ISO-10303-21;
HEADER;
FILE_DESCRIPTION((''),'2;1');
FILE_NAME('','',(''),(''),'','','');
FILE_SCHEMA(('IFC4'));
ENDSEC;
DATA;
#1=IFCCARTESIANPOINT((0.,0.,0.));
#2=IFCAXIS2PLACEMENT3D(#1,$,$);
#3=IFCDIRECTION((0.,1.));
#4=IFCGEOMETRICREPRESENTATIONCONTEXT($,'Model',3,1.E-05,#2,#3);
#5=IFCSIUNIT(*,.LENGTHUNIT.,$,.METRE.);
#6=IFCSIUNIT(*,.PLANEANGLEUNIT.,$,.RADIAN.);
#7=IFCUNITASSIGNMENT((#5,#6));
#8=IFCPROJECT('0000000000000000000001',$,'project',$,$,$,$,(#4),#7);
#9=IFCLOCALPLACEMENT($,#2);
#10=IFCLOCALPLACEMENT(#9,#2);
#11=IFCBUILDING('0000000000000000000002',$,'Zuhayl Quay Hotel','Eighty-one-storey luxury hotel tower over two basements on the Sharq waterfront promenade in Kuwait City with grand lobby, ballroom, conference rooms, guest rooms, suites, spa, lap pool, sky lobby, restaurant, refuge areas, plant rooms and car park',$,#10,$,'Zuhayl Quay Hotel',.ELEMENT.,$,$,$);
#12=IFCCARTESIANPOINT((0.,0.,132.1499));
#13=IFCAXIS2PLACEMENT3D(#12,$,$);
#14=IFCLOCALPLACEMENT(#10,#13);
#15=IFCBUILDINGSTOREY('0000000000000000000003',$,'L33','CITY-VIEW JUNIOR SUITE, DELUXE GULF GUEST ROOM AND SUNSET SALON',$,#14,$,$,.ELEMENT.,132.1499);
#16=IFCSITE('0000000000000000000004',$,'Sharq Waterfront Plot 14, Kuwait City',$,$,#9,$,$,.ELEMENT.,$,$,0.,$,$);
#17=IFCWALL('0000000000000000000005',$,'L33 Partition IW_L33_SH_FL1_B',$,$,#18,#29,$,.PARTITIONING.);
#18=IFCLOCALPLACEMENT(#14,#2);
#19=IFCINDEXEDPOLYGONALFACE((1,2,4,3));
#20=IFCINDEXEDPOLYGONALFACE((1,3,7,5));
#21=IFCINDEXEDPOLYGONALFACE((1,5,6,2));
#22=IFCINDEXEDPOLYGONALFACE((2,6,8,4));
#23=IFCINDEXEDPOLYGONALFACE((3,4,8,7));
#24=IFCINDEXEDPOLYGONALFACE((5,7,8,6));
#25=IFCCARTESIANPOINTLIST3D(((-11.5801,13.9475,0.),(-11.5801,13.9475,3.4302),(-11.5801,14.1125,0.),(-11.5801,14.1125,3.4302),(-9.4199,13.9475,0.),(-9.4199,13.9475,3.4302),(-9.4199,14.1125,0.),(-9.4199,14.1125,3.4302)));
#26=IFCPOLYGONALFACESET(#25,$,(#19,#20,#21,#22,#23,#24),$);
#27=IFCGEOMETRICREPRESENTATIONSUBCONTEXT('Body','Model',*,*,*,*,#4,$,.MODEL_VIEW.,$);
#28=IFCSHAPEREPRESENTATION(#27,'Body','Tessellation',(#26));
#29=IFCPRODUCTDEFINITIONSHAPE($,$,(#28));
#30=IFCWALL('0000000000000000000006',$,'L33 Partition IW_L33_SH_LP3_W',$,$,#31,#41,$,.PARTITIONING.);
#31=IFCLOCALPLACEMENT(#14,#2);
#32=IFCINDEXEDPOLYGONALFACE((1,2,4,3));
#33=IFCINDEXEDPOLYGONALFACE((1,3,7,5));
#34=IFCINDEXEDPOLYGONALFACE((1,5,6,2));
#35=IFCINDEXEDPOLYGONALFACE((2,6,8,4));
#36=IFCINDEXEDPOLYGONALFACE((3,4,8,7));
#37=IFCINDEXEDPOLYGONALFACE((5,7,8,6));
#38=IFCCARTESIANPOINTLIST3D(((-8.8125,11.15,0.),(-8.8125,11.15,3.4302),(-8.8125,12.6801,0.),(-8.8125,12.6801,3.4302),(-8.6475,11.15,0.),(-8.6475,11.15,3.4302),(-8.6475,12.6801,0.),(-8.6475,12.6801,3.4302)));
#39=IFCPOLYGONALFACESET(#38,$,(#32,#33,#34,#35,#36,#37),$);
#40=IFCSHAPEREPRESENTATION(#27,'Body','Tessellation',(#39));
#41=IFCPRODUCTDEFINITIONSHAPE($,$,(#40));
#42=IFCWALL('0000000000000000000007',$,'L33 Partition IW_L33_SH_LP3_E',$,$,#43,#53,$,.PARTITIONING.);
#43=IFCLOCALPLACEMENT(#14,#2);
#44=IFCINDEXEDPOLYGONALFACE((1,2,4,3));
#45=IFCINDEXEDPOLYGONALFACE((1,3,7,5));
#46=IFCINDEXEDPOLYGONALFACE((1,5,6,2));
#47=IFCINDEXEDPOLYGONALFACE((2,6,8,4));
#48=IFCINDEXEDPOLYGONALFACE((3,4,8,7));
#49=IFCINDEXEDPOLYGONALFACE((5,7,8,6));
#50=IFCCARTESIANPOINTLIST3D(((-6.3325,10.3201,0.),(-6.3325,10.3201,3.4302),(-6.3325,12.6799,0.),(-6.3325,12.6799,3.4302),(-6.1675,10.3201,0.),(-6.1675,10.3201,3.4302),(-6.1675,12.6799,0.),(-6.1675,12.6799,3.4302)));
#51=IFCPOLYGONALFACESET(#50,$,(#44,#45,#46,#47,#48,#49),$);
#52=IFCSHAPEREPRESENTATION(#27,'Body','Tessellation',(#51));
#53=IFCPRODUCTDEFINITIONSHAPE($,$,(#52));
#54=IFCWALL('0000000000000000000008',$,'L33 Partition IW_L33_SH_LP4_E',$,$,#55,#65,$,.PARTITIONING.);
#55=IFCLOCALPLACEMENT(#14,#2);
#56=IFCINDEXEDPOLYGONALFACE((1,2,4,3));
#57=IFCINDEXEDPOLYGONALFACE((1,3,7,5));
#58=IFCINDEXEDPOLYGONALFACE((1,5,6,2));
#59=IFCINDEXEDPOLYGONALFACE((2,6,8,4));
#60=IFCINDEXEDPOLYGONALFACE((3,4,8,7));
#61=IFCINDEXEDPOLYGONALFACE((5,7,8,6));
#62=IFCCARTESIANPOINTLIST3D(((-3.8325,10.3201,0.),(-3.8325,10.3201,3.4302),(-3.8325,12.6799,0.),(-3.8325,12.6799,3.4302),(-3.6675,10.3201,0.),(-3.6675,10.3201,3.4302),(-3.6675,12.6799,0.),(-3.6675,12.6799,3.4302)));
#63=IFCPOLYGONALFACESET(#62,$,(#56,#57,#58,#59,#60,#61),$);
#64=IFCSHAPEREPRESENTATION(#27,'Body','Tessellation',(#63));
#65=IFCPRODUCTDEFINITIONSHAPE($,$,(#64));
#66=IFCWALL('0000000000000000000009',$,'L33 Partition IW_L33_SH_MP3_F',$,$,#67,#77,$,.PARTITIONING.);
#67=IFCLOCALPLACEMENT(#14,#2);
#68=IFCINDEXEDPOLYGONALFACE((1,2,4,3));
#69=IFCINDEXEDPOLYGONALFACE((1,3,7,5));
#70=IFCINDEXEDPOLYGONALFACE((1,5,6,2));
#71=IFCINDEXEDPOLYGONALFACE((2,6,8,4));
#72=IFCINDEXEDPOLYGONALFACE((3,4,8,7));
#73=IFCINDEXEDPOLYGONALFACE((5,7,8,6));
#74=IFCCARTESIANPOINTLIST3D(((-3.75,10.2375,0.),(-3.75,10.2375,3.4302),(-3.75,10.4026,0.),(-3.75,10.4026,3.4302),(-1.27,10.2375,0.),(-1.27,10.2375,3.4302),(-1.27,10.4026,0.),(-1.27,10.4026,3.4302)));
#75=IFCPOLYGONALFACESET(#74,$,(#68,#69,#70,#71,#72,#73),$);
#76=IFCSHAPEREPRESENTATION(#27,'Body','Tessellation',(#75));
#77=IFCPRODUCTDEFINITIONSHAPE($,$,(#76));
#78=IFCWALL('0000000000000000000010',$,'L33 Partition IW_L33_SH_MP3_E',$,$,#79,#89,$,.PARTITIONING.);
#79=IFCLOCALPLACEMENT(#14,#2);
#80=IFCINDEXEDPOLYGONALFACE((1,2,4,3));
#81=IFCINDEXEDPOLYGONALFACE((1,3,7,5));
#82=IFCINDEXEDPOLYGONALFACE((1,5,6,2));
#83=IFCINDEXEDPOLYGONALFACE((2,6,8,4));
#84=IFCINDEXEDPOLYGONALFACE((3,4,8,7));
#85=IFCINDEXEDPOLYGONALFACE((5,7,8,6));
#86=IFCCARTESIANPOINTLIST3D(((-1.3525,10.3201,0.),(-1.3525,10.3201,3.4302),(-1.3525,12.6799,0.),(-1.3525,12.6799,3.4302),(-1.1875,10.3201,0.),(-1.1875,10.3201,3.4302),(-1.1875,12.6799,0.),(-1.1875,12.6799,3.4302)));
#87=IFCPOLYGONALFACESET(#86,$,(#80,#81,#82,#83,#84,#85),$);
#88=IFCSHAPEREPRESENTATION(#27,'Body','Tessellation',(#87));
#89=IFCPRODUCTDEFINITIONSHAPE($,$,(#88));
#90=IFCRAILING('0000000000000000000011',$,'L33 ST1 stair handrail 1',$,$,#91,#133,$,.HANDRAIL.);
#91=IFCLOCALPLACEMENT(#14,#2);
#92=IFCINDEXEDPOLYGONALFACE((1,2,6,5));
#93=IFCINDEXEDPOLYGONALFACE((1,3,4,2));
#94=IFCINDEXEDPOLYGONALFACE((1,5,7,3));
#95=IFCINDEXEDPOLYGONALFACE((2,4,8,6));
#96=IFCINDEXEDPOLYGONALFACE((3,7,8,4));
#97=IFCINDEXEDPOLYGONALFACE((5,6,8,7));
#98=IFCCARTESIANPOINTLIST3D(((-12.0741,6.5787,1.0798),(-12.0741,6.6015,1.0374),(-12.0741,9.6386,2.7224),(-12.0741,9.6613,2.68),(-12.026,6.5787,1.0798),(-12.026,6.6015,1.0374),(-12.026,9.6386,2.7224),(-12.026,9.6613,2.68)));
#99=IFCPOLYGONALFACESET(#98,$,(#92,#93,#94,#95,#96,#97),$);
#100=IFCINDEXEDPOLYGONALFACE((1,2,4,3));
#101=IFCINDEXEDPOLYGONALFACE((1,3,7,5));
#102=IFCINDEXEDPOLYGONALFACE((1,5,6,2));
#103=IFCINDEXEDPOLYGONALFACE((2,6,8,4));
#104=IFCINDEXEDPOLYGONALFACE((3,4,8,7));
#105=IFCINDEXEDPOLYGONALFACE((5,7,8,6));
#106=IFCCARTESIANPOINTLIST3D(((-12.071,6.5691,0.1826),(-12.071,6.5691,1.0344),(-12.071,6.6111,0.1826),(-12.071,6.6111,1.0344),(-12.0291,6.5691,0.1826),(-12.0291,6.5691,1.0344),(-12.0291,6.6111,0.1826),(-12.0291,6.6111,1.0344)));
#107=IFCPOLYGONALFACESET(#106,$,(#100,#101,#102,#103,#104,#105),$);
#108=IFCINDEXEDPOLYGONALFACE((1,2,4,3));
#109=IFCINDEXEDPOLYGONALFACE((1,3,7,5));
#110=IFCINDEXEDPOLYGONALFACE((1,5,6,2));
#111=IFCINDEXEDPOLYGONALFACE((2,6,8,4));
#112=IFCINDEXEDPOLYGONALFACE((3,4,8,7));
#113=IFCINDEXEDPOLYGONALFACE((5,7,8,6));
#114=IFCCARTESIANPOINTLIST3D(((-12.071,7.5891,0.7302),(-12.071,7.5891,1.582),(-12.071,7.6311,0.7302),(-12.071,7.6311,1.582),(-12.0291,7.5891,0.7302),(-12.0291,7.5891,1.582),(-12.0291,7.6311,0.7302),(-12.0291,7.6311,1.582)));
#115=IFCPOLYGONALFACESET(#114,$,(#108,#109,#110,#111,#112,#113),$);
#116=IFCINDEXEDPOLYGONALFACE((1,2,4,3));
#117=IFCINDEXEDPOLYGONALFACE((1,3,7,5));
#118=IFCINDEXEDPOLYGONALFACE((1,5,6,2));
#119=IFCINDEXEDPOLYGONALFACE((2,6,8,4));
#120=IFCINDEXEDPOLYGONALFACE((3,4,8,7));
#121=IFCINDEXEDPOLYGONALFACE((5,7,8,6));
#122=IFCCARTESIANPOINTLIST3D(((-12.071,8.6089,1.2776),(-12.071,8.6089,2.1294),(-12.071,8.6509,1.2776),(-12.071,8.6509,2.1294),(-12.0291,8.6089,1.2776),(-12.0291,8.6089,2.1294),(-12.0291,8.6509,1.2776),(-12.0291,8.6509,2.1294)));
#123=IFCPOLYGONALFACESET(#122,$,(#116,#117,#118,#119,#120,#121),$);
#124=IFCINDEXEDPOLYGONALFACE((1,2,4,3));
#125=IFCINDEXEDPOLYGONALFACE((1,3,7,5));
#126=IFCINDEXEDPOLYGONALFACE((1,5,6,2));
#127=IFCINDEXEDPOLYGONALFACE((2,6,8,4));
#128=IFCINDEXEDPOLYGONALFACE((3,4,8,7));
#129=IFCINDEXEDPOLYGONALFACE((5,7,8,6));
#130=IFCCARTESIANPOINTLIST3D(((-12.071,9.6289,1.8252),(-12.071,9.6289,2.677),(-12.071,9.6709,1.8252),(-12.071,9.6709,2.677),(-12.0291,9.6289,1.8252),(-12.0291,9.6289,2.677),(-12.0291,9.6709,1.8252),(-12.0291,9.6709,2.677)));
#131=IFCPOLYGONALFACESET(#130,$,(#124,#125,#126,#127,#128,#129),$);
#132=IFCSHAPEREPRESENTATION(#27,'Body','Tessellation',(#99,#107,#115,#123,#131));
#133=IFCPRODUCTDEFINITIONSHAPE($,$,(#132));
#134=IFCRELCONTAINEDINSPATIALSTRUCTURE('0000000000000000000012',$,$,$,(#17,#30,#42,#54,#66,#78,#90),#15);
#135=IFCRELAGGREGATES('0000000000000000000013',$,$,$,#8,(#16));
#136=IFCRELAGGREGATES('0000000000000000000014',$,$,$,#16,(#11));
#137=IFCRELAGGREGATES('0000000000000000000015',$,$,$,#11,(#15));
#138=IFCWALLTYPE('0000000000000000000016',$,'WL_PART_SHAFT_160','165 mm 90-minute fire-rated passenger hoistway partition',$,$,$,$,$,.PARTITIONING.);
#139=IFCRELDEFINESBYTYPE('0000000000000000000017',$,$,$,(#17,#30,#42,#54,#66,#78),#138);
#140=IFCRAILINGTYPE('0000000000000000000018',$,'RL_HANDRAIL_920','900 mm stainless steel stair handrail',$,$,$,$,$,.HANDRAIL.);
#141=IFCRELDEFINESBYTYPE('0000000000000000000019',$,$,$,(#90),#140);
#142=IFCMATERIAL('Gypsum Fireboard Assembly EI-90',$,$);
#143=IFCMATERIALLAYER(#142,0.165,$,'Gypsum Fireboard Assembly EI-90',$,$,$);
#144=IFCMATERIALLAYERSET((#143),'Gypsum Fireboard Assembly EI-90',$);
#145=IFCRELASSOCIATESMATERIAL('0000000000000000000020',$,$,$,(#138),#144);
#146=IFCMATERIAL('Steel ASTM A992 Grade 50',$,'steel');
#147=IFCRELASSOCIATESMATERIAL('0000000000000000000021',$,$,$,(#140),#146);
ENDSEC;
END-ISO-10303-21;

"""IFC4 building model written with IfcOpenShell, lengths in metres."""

from ifc_helpers import new_model, si_unit, direction, frame, frame_2d, origin, origin_2d, place, context, subcontext, project, spatial, rectangle, extrude, material, layer, layer_set, type_object, element, save


model = new_model("IFC4")

# Units and contexts
model_context = context("Model", 3, precision=1e-05, world=origin(), true_north=direction((0.0, 1.0)))
body_context = subcontext(model_context, "Body", "Model", "MODEL_VIEW")
ifc_project = project(units=[si_unit("LENGTHUNIT", "METRE"), si_unit("PLANEANGLEUNIT", "RADIAN")], contexts=[model_context])

# Site, building, storey
site_placement = place(None, origin())
site = spatial("IfcSite", under=ifc_project, at=site_placement, Name="Sharq Waterfront Plot 14, Kuwait City", CompositionType="ELEMENT", RefElevation=0.0)
building_placement = place(site_placement, origin())
building = spatial("IfcBuilding", under=site, at=building_placement, Name="Zuhayl Quay Hotel", Description="Eighty-one-storey luxury hotel tower over two basements on the Sharq waterfront promenade in Kuwait City with grand lobby, ballroom, conference rooms, guest rooms, suites, spa, lap pool, sky lobby, restaurant, refuge areas, plant rooms and car park", LongName="Zuhayl Quay Hotel", CompositionType="ELEMENT")
storey_placement = place(building_placement, frame((0.0, 0.0, 132.1499)))
storey = spatial("IfcBuildingStorey", under=building, at=storey_placement, Name="L33", Description="CITY-VIEW JUNIOR SUITE, DELUXE GULF GUEST ROOM AND SUNSET SALON", CompositionType="ELEMENT", Elevation=132.1499)

# Shared definitions
ifc_material_1 = material(Name="Steel ASTM A992 Grade 50", Category="steel")

# Shared definitions
ifc_material_2 = material(Name="Gypsum Fireboard Assembly EI-90")
ifc_layer_1 = layer(ifc_material_2, 0.165, Name="Gypsum Fireboard Assembly EI-90")
ifc_layer_set_1 = layer_set([ifc_layer_1], Name="Gypsum Fireboard Assembly EI-90")
wall_type_1 = type_object("IfcWallType", Name="WL_PART_SHAFT_160", Description="165 mm 90-minute fire-rated passenger hoistway partition", PredefinedType="PARTITIONING", material=ifc_layer_set_1)

# Walls
wall_1_placement = place(storey_placement, frame((-11.5801, 14.03, 0.0), z_axis=(0.0, 0.0, 1.0), x_axis=(1.0, 0.0, 0.0)))
element("IfcWall", 1, at=wall_1_placement, inside=storey, type_object=wall_type_1, Name="L33 Partition IW_L33_SH_FL1_B", PredefinedType="PARTITIONING", context=body_context, shape_type="SweptSolid", body=[
    extrude(rectangle(XDim=2.1602, YDim=0.165, at=frame_2d((1.0801, 0.0))), origin(), (0.0, 0.0, 1.0), 3.4302),
])
wall_2_placement = place(storey_placement, frame((-8.73, 11.1499, 0.0), z_axis=(0.0, 0.0, 1.0), x_axis=(0.0, 1.0, 0.0)))
element("IfcWall", 2, at=wall_2_placement, inside=storey, type_object=wall_type_1, Name="L33 Partition IW_L33_SH_LP3_W", PredefinedType="PARTITIONING", context=body_context, shape_type="SweptSolid", body=[
    extrude(rectangle(XDim=1.53, YDim=0.165, at=frame_2d((0.7651, 0.0))), origin(), (0.0, 0.0, 1.0), 3.4302),
])
for number, where, z_axis, x_axis, name in (
    (3, (-6.25, 10.3201, 0.0), (0.0, 0.0, 1.0), (0.0, 1.0, 0.0), "L33 Partition IW_L33_SH_LP3_E"),
    (4, (-3.75, 10.3201, 0.0), (0.0, 0.0, 1.0), (0.0, 1.0, 0.0), "L33 Partition IW_L33_SH_LP4_E"),
):
    element("IfcWall", number, at=place(storey_placement, frame(where, z_axis=z_axis, x_axis=x_axis)), inside=storey, type_object=wall_type_1, Name=name, PredefinedType="PARTITIONING", context=body_context, shape_type="SweptSolid", body=[
        extrude(rectangle(XDim=2.3599, YDim=0.165, at=frame_2d((1.1799, 0.0))), origin(), (0.0, 0.0, 1.0), 3.4302),
    ])
wall_3_placement = place(storey_placement, frame((-3.75, 10.3201, 0.0), z_axis=(0.0, 0.0, 1.0), x_axis=(1.0, 0.0, 0.0)))
element("IfcWall", 5, at=wall_3_placement, inside=storey, type_object=wall_type_1, Name="L33 Partition IW_L33_SH_MP3_F", PredefinedType="PARTITIONING", context=body_context, shape_type="SweptSolid", body=[
    extrude(rectangle(XDim=2.48, YDim=0.165, at=frame_2d((1.24, 0.0))), origin(), (0.0, 0.0, 1.0), 3.4302),
])
wall_4_placement = place(storey_placement, frame((-1.27, 10.3201, 0.0), z_axis=(0.0, 0.0, 1.0), x_axis=(0.0, 1.0, 0.0)))
element("IfcWall", 6, at=wall_4_placement, inside=storey, type_object=wall_type_1, Name="L33 Partition IW_L33_SH_MP3_E", PredefinedType="PARTITIONING", context=body_context, shape_type="SweptSolid", body=[
    extrude(rectangle(XDim=2.3599, YDim=0.165, at=frame_2d((1.1799, 0.0))), origin(), (0.0, 0.0, 1.0), 3.4302),
])

# Railing
railing_type = type_object("IfcRailingType", Name="RL_HANDRAIL_920", Description="900 mm stainless steel stair handrail", PredefinedType="HANDRAIL", material=ifc_material_1)
railing_placement = place(storey_placement, frame((-12.05, 6.5901, 0.1826)))
element("IfcRailing", 7, at=railing_placement, inside=storey, type_object=railing_type, Name="L33 ST1 stair handrail 1", PredefinedType="HANDRAIL", context=body_context, shape_type="SweptSolid", body=[
    extrude(rectangle(XDim=0.0481, YDim=0.0481, at=origin_2d()), frame((0.0, 0.0, 0.876), z_axis=(0.0, 0.881073, 0.47298), x_axis=(-1.0, 0.0, 0.0)), (0.0, 0.0, 1.0), 3.4729),
    extrude(rectangle(XDim=0.042, YDim=0.042, at=origin_2d()), origin(), (0.0, 0.0, 1.0), 0.8518),
    extrude(rectangle(XDim=0.042, YDim=0.042, at=origin_2d()), frame((0.0, 1.02, 0.5476)), (0.0, 0.0, 1.0), 0.8518),
    extrude(rectangle(XDim=0.042, YDim=0.042, at=origin_2d()), frame((0.0, 2.0398, 1.095)), (0.0, 0.0, 1.0), 0.8518),
    extrude(rectangle(XDim=0.042, YDim=0.042, at=origin_2d()), frame((0.0, 3.0598, 1.6426)), (0.0, 0.0, 1.0), 0.8518),
])

save(model, "model.ifc")
